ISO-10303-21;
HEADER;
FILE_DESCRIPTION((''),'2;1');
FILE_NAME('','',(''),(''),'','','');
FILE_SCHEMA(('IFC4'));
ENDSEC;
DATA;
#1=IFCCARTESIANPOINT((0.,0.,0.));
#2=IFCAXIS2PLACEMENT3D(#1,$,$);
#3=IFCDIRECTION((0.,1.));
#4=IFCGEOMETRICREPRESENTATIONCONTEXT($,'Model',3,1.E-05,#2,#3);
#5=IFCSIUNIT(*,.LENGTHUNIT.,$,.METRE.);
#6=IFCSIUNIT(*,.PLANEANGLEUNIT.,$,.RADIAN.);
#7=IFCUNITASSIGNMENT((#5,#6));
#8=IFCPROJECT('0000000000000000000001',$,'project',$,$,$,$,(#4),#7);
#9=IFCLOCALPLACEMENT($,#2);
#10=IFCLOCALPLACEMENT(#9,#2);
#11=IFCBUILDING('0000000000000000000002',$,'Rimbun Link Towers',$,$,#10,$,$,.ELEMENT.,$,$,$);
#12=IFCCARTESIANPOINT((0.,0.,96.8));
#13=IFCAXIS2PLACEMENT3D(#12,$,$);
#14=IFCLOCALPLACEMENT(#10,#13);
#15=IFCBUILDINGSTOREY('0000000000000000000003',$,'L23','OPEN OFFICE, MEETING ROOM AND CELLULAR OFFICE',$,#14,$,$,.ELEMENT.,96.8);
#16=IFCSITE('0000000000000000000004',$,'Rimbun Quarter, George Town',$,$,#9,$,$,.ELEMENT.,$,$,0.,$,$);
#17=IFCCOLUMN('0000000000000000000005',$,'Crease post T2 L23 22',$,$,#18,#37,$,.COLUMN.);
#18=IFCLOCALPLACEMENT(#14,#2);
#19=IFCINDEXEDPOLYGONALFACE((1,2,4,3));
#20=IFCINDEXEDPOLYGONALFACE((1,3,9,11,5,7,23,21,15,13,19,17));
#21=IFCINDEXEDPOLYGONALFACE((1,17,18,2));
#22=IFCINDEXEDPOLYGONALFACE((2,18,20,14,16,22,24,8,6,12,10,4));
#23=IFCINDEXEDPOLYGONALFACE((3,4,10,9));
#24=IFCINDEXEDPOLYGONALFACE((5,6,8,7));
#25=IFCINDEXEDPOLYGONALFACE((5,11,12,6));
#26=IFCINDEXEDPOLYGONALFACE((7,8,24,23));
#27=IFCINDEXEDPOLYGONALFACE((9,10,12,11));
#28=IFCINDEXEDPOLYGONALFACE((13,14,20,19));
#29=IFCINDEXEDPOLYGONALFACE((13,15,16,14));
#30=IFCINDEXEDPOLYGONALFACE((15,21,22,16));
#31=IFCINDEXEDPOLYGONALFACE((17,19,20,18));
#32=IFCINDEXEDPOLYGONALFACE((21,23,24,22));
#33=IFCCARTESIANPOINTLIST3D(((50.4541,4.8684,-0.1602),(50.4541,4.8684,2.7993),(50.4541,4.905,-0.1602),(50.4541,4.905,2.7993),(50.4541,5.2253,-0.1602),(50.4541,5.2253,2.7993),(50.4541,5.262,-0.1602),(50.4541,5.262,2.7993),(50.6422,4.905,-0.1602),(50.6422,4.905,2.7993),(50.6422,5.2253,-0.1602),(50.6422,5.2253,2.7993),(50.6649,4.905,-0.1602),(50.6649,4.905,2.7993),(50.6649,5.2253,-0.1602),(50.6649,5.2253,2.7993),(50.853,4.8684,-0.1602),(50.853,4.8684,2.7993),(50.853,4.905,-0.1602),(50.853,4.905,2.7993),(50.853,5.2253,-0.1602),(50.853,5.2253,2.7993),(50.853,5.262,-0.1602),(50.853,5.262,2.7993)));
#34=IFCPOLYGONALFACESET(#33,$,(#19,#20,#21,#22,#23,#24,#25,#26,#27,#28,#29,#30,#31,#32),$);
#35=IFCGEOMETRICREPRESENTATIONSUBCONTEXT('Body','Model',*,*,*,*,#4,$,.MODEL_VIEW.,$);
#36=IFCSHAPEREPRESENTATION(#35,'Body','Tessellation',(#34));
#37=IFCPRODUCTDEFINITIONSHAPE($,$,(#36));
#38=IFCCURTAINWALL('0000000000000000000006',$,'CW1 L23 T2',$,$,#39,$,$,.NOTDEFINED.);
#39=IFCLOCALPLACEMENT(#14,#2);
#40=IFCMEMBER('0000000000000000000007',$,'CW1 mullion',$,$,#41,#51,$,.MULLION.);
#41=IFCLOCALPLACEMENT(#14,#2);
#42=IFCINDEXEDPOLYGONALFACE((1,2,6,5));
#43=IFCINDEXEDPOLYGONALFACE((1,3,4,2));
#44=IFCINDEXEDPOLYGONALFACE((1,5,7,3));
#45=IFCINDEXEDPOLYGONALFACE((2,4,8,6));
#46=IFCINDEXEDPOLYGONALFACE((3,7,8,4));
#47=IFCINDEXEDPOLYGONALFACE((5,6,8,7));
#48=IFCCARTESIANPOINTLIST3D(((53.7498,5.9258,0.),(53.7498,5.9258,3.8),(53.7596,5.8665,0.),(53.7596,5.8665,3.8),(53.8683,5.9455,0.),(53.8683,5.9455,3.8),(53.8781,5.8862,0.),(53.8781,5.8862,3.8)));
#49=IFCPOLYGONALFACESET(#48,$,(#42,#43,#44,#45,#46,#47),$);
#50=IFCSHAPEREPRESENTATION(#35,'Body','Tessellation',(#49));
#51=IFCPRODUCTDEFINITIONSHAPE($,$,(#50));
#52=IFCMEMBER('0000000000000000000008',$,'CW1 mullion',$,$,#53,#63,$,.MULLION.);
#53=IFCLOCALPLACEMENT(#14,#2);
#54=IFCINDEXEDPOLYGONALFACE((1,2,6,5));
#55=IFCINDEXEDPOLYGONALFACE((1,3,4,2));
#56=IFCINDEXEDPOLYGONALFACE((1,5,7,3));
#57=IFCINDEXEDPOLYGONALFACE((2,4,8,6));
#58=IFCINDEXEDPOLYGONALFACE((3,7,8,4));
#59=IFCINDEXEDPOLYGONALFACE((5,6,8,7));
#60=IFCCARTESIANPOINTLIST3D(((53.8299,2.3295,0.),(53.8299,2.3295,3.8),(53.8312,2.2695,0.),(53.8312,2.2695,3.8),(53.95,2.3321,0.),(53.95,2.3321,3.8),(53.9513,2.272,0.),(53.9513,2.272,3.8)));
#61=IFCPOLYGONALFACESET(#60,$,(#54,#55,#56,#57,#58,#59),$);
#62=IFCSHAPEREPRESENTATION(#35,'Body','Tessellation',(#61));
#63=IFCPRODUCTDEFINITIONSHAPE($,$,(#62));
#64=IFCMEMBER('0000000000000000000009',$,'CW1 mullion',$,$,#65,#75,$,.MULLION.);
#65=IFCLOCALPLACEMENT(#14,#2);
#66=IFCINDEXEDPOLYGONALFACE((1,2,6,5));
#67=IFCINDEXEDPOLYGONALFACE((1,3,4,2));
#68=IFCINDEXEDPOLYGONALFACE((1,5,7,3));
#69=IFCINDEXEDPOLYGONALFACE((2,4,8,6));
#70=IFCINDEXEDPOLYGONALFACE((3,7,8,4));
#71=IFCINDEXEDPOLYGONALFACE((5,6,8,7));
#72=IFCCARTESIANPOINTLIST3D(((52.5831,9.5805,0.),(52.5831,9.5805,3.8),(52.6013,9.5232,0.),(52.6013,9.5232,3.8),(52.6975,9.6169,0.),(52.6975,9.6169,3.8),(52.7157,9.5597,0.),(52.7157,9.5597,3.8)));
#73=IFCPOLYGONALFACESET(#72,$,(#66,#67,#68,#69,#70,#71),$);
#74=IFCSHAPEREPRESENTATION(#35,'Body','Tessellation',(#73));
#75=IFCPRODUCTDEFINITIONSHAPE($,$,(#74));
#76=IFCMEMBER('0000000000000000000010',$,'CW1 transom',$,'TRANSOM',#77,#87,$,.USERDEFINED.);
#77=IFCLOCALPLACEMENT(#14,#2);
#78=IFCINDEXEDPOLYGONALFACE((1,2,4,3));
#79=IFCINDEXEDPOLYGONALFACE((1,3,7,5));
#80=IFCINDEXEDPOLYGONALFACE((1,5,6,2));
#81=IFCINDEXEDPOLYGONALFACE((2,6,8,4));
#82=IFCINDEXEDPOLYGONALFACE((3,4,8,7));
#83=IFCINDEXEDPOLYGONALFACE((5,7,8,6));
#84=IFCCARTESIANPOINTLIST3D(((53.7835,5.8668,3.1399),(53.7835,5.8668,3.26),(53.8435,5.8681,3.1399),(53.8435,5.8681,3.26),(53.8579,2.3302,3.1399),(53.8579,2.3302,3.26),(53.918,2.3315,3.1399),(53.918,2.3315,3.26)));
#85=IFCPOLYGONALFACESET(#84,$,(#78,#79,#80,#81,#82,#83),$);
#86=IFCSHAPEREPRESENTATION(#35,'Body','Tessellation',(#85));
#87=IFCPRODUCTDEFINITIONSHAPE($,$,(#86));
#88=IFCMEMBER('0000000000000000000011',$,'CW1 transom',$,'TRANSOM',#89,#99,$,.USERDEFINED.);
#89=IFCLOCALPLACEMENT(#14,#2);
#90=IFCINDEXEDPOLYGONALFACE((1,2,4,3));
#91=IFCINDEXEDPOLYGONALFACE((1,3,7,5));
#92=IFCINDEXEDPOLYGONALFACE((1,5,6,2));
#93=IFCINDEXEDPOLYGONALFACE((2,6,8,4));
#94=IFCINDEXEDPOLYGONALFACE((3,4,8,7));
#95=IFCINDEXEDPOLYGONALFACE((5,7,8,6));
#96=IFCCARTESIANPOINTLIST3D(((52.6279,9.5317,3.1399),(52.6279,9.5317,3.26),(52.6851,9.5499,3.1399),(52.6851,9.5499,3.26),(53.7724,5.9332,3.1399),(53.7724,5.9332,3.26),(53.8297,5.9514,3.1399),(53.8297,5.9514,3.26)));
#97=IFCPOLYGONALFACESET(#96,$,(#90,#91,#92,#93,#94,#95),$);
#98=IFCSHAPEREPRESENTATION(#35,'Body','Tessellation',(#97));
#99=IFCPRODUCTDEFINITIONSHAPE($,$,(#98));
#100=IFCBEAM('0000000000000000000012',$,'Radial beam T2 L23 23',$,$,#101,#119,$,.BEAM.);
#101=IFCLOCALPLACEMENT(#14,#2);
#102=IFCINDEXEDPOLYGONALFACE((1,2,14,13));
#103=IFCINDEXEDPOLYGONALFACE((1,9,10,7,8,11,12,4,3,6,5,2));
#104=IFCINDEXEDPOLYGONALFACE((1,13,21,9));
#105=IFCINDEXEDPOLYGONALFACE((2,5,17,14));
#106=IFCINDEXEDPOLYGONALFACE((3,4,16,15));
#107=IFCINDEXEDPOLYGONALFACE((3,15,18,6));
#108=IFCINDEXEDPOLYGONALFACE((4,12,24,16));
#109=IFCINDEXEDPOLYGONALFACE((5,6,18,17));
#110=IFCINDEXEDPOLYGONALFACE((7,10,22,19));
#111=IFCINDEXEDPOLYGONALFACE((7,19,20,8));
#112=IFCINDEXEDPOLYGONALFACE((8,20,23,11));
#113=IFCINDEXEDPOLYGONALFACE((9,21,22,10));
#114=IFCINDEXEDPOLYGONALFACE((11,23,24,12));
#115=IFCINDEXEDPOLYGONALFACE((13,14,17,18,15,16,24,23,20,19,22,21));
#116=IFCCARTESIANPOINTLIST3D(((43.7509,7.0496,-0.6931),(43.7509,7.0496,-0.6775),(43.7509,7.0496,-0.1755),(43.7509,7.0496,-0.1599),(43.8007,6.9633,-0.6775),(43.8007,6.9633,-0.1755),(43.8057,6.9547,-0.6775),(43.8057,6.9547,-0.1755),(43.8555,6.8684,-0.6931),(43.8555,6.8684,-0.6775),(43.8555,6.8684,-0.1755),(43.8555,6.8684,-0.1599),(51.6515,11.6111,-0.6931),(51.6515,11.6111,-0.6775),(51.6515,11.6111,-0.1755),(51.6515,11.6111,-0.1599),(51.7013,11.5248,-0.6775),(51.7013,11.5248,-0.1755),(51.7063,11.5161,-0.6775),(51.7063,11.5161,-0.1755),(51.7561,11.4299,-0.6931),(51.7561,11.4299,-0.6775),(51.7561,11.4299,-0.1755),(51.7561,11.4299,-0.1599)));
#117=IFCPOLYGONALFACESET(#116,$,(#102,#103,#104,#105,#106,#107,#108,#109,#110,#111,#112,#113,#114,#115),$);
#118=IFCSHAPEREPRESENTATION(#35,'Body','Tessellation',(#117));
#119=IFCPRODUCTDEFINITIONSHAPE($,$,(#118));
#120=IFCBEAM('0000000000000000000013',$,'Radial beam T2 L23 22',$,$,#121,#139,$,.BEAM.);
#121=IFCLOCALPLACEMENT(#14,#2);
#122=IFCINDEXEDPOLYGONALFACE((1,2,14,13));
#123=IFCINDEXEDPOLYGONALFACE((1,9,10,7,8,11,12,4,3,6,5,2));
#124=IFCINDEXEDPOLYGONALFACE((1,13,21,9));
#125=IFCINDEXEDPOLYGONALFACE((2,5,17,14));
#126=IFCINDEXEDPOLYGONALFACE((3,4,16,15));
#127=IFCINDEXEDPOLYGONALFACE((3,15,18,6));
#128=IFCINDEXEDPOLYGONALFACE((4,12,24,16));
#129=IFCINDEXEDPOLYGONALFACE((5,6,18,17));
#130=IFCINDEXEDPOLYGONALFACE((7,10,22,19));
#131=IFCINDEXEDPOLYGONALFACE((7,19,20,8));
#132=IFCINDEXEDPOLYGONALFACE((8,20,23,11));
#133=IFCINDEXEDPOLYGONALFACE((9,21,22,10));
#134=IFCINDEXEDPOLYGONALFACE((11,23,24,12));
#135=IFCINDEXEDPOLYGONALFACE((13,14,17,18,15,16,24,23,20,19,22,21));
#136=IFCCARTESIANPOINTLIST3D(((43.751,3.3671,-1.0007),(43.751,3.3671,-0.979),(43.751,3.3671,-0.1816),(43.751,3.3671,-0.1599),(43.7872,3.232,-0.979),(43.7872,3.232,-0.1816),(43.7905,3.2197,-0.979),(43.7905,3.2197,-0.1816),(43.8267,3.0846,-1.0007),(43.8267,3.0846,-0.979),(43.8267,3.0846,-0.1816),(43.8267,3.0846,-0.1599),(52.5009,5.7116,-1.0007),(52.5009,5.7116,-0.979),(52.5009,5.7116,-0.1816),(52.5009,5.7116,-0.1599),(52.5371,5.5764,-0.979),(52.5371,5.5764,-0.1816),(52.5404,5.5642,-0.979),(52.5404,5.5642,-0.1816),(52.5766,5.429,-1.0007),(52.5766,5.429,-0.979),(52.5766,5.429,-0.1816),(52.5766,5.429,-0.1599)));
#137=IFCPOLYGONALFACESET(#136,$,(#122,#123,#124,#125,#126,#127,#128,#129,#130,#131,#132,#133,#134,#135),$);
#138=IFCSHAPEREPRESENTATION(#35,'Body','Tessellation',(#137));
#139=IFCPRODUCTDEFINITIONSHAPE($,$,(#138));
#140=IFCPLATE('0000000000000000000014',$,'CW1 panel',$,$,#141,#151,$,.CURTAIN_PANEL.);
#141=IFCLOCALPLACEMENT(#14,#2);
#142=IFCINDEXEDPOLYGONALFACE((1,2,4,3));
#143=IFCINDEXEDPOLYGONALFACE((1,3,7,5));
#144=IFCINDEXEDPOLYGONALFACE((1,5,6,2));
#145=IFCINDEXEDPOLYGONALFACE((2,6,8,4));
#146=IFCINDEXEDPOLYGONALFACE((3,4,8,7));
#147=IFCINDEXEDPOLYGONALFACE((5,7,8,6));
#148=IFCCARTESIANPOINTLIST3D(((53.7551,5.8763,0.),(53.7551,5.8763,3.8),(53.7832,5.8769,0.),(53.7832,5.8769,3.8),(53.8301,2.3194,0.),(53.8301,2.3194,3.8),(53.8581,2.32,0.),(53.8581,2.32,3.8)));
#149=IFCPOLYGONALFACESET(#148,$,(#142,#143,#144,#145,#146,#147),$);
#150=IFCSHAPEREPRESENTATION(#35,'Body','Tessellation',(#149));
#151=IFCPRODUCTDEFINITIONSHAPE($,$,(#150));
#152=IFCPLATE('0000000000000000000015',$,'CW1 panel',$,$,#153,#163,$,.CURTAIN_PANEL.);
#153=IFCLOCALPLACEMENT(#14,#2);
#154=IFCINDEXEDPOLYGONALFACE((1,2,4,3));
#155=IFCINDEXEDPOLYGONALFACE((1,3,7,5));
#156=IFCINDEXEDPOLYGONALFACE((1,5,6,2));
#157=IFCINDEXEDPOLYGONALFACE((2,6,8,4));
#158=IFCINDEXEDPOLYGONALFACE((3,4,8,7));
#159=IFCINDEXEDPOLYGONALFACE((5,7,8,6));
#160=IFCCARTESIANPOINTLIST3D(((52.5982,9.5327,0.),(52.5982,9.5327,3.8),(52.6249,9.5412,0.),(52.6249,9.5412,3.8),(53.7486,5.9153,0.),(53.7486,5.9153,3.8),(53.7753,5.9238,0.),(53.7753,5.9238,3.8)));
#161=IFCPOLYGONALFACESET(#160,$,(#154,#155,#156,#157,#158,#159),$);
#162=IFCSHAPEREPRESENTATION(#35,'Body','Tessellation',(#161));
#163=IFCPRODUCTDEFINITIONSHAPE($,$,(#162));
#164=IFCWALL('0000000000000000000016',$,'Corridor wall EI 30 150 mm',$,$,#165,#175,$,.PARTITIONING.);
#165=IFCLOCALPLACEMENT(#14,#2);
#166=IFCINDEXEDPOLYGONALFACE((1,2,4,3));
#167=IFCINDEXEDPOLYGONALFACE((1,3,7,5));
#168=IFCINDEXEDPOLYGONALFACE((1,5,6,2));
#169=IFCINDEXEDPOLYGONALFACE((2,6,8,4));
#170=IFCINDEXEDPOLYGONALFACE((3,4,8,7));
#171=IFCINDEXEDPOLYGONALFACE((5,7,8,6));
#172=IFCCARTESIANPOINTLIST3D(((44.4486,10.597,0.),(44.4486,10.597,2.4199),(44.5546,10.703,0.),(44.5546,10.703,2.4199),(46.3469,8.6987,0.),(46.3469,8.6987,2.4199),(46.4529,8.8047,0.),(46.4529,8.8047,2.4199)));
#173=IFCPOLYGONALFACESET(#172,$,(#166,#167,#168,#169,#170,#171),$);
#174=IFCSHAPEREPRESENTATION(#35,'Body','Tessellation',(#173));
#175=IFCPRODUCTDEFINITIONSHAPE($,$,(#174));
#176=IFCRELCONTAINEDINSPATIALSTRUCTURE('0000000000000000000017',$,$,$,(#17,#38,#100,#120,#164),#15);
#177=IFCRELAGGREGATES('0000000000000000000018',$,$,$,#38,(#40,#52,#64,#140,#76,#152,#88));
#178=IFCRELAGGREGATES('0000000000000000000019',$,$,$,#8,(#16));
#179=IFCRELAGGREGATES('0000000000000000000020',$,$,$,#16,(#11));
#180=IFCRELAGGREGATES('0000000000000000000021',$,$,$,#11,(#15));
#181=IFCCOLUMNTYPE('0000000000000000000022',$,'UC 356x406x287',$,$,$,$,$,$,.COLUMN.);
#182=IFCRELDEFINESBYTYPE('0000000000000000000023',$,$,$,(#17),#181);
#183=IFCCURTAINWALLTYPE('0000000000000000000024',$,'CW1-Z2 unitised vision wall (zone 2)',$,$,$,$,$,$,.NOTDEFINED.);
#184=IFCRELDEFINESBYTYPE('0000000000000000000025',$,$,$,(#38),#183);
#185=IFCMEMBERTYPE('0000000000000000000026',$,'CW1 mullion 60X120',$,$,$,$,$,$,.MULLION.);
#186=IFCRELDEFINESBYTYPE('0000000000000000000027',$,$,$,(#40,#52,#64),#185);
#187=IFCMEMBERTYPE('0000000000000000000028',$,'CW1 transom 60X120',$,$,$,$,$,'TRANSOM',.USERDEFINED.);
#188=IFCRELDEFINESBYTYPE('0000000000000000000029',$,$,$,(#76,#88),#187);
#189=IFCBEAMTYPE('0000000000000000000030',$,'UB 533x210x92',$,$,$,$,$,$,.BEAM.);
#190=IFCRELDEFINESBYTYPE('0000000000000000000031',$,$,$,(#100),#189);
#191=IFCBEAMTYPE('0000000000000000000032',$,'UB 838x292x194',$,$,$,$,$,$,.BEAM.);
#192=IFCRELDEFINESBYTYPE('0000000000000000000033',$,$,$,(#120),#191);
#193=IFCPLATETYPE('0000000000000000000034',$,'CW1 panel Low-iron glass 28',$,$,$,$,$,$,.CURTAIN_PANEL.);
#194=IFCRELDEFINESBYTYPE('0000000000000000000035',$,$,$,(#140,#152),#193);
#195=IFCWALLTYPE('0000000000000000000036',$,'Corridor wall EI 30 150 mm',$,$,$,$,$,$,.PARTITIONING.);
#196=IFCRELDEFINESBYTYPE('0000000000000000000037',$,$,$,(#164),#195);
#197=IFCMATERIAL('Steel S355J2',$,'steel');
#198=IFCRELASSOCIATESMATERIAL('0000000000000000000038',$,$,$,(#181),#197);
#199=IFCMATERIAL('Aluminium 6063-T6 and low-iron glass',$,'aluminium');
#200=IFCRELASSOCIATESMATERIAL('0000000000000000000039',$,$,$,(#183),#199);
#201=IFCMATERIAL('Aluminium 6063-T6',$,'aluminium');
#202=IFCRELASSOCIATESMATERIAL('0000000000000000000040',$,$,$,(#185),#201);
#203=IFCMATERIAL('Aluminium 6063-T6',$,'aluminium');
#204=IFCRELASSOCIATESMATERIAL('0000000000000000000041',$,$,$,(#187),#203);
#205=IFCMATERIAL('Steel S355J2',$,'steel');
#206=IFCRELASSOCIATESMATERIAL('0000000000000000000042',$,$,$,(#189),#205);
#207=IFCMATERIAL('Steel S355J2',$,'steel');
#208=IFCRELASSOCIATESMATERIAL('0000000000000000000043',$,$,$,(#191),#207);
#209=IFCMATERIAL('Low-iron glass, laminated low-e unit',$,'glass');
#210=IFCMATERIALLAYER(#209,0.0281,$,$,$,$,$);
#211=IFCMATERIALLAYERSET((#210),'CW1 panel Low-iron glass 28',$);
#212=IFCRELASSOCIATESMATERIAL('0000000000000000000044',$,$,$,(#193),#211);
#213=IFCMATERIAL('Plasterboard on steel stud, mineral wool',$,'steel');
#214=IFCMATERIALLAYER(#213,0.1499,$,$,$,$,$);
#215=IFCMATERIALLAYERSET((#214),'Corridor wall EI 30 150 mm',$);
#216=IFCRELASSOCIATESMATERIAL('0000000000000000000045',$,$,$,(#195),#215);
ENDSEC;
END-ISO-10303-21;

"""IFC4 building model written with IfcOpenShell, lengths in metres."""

from ifc_helpers import new_model, si_unit, direction, frame, frame_2d, origin, origin_2d, place, context, subcontext, project, spatial, rectangle, i_section, extrude, material, layer, layer_set, material_profile, profile_set, type_object, element, aggregate, save


model = new_model("IFC4")

# Units and contexts
model_context = context("Model", 3, precision=1e-05, world=origin(), true_north=direction((0.0, 1.0)))
body_context = subcontext(model_context, "Body", "Model", "MODEL_VIEW")
ifc_project = project(units=[si_unit("LENGTHUNIT", "METRE"), si_unit("PLANEANGLEUNIT", "RADIAN")], contexts=[model_context])

# Site, building, storey
site_placement = place(None, origin())
site = spatial("IfcSite", under=ifc_project, at=site_placement, Name="Rimbun Quarter, George Town", CompositionType="ELEMENT", RefElevation=0.0)
building_placement = place(site_placement, origin())
building = spatial("IfcBuilding", under=site, at=building_placement, Name="Rimbun Link Towers", CompositionType="ELEMENT")
storey_placement = place(building_placement, frame((0.0, 0.0, 96.8)))
storey = spatial("IfcBuildingStorey", under=building, at=storey_placement, Name="L23", Description="OPEN OFFICE, MEETING ROOM AND CELLULAR OFFICE", CompositionType="ELEMENT", Elevation=96.8)

# Column
ifc_material_1 = material(Name="Steel S355J2", Category="steel")
ifc_material_profile_1 = material_profile(ifc_material_1, i_section(OverallWidth=0.3989, OverallDepth=0.3936, WebThickness=0.0227, FlangeThickness=0.0366, at=origin_2d()), Name="UC 356x406x287")
ifc_profile_set_1 = profile_set([ifc_material_profile_1], Name="Steel S355J2")
column_type = type_object("IfcColumnType", Name="UC 356x406x287", PredefinedType="COLUMN", material=ifc_profile_set_1)
column_placement = place(storey_placement, frame((50.6536, 5.0652, -0.1602), z_axis=(0.0, 0.0, 1.0), x_axis=(1.0, 0.0, 0.0)))
element("IfcColumn", 1, at=column_placement, inside=storey, type_object=column_type, Name="Crease post T2 L23 22", PredefinedType="COLUMN", context=body_context, shape_type="SweptSolid", body=[
    extrude(i_section(OverallWidth=0.3989, OverallDepth=0.3936, WebThickness=0.0227, FlangeThickness=0.0366, at=origin_2d()), origin(), (0.0, 0.0, 1.0), 2.9595),
])

# Curtain wall, members
ifc_material_2 = material(Name="Aluminium 6063-T6 and low-iron glass", Category="aluminium")
curtain_wall_type = type_object("IfcCurtainWallType", Name="CW1-Z2 unitised vision wall (zone 2)", PredefinedType="NOTDEFINED", material=ifc_material_2)
curtain_wall_placement = place(storey_placement, origin())
curtain_wall = element("IfcCurtainWall", 2, at=curtain_wall_placement, inside=storey, type_object=curtain_wall_type, Name="CW1 L23 T2", PredefinedType="NOTDEFINED")
ifc_material_3 = material(Name="Aluminium 6063-T6", Category="aluminium")
ifc_material_profile_2 = material_profile(ifc_material_3, rectangle(XDim=0.1201, YDim=0.0601, at=origin_2d()), Name="MULLION 60X120")
ifc_profile_set_2 = profile_set([ifc_material_profile_2], Name="Aluminium 6063-T6")
member_type_1 = type_object("IfcMemberType", Name="CW1 mullion 60X120", PredefinedType="MULLION", material=ifc_profile_set_2)
member_1_placement = place(storey_placement, frame((53.814, 5.906, 0.0), z_axis=(0.0, 0.0, 1.0), x_axis=(0.986503, 0.163744, 0.0)))
member_1 = element("IfcMember", 3, at=member_1_placement, type_object=member_type_1, Name="CW1 mullion", PredefinedType="MULLION", context=body_context, shape_type="SweptSolid", body=[
    extrude(rectangle(XDim=0.1201, YDim=0.0601, at=origin_2d()), origin(), (0.0, 0.0, 1.0), 3.8),
])
member_2_placement = place(storey_placement, frame((53.8906, 2.3008, 0.0), z_axis=(0.0, 0.0, 1.0), x_axis=(0.999778, 0.02106, 0.0)))
member_2 = element("IfcMember", 4, at=member_2_placement, type_object=member_type_1, Name="CW1 mullion", PredefinedType="MULLION", context=body_context, shape_type="SweptSolid", body=[
    extrude(rectangle(XDim=0.1201, YDim=0.0601, at=origin_2d()), origin(), (0.0, 0.0, 1.0), 3.8),
])
member_3_placement = place(storey_placement, frame((52.6494, 9.5701, 0.0), z_axis=(0.0, 0.0, 1.0), x_axis=(0.95297, 0.303066, 0.0)))
member_3 = element("IfcMember", 5, at=member_3_placement, type_object=member_type_1, Name="CW1 mullion", PredefinedType="MULLION", context=body_context, shape_type="SweptSolid", body=[
    extrude(rectangle(XDim=0.1201, YDim=0.0601, at=origin_2d()), origin(), (0.0, 0.0, 1.0), 3.8),
])
ifc_material_4 = material(Name="Aluminium 6063-T6", Category="aluminium")
ifc_material_profile_3 = material_profile(ifc_material_4, rectangle(XDim=0.0601, YDim=0.1201, at=origin_2d()), Name="TRANSOM 60X120")
ifc_profile_set_3 = profile_set([ifc_material_profile_3], Name="Aluminium 6063-T6")
member_type_2 = type_object("IfcMemberType", Name="CW1 transom 60X120", ElementType="TRANSOM", PredefinedType="USERDEFINED", material=ifc_profile_set_3)
member_4_placement = place(storey_placement, frame((53.8135, 5.8674, 3.2), z_axis=(0.02105, -0.999778, 0.0), x_axis=(0.999778, 0.02105, 0.0)))
member_4 = element("IfcMember", 6, at=member_4_placement, type_object=member_type_2, Name="CW1 transom", ObjectType="TRANSOM", PredefinedType="USERDEFINED", context=body_context, shape_type="SweptSolid", body=[
    extrude(rectangle(XDim=0.0601, YDim=0.1201, at=origin_2d()), origin(), (0.0, 0.0, 1.0), 3.5374),
])
member_5_placement = place(storey_placement, frame((52.6565, 9.5408, 3.2), z_axis=(0.303105, -0.952957, 0.0), x_axis=(0.952957, 0.303105, 0.0)))
member_5 = element("IfcMember", 7, at=member_5_placement, type_object=member_type_2, Name="CW1 transom", ObjectType="TRANSOM", PredefinedType="USERDEFINED", context=body_context, shape_type="SweptSolid", body=[
    extrude(rectangle(XDim=0.0601, YDim=0.1201, at=origin_2d()), origin(), (0.0, 0.0, 1.0), 3.7761),
])

# Beams
ifc_material_5 = material(Name="Steel S355J2", Category="steel")
ifc_material_profile_4 = material_profile(ifc_material_5, i_section(OverallWidth=0.2092, OverallDepth=0.5332, WebThickness=0.01, FlangeThickness=0.0156, at=origin_2d()), Name="UB 533x210x92")
ifc_profile_set_4 = profile_set([ifc_material_profile_4], Name="Steel S355J2")
beam_type_1 = type_object("IfcBeamType", Name="UB 533x210x92", PredefinedType="BEAM", material=ifc_profile_set_4)
beam_1_placement = place(storey_placement, frame((43.8032, 6.959, -0.4265), z_axis=(0.866021, 0.500007, 0.0), x_axis=(-0.500007, 0.866021, 0.0)))
element("IfcBeam", 8, at=beam_1_placement, inside=storey, type_object=beam_type_1, Name="Radial beam T2 L23 23", PredefinedType="BEAM", context=body_context, shape_type="SweptSolid", body=[
    extrude(i_section(OverallWidth=0.2092, OverallDepth=0.5332, WebThickness=0.01, FlangeThickness=0.0156, at=origin_2d()), origin(), (0.0, 0.0, 1.0), 9.1228),
])
ifc_material_6 = material(Name="Steel S355J2", Category="steel")
ifc_material_profile_5 = material_profile(ifc_material_6, i_section(OverallWidth=0.2925, OverallDepth=0.8408, WebThickness=0.0127, FlangeThickness=0.0217, at=origin_2d()), Name="UB 838x292x194")
ifc_profile_set_5 = profile_set([ifc_material_profile_5], Name="Steel S355J2")
beam_type_2 = type_object("IfcBeamType", Name="UB 838x292x194", PredefinedType="BEAM", material=ifc_profile_set_5)
beam_2_placement = place(storey_placement, frame((43.7888, 3.2258, -0.5803), z_axis=(0.965928, 0.258812, 0.0), x_axis=(-0.258812, 0.965928, 0.0)))
element("IfcBeam", 9, at=beam_2_placement, inside=storey, type_object=beam_type_2, Name="Radial beam T2 L23 22", PredefinedType="BEAM", context=body_context, shape_type="SweptSolid", body=[
    extrude(i_section(OverallWidth=0.2925, OverallDepth=0.8408, WebThickness=0.0127, FlangeThickness=0.0217, at=origin_2d()), origin(), (0.0, 0.0, 1.0), 9.0586),
])

# Plates
ifc_material_7 = material(Name="Low-iron glass, laminated low-e unit", Category="glass")
ifc_layer_1 = layer(ifc_material_7, 0.0281)
ifc_layer_set_1 = layer_set([ifc_layer_1], Name="CW1 panel Low-iron glass 28")
plate_type = type_object("IfcPlateType", Name="CW1 panel Low-iron glass 28", PredefinedType="CURTAIN_PANEL", material=ifc_layer_set_1)
plate_1_placement = place(storey_placement, frame((53.8066, 4.0981, 0.0), z_axis=(0.0, 0.0, 1.0), x_axis=(0.02106, -0.999778, 0.0)))
plate_1 = element("IfcPlate", 10, at=plate_1_placement, type_object=plate_type, Name="CW1 panel", PredefinedType="CURTAIN_PANEL", context=body_context, shape_type="SweptSolid", body=[
    extrude(rectangle(XDim=3.5576, YDim=0.0281, at=origin_2d()), origin(), (0.0, 0.0, 1.0), 3.8),
])
plate_2_placement = place(storey_placement, frame((53.1868, 7.7283, 0.0), z_axis=(0.0, 0.0, 1.0), x_axis=(0.303066, -0.95297, 0.0)))
plate_2 = element("IfcPlate", 11, at=plate_2_placement, type_object=plate_type, Name="CW1 panel", PredefinedType="CURTAIN_PANEL", context=body_context, shape_type="SweptSolid", body=[
    extrude(rectangle(XDim=3.7959, YDim=0.0281, at=origin_2d()), origin(), (0.0, 0.0, 1.0), 3.8),
])
aggregate(curtain_wall, [member_1, member_2, member_3, plate_1, member_4, plate_2, member_5])

# Wall
ifc_material_8 = material(Name="Plasterboard on steel stud, mineral wool", Category="steel")
ifc_layer_2 = layer(ifc_material_8, 0.1499)
ifc_layer_set_2 = layer_set([ifc_layer_2], Name="Corridor wall EI 30 150 mm")
wall_type_1 = type_object("IfcWallType", Name="Corridor wall EI 30 150 mm", PredefinedType="PARTITIONING", material=ifc_layer_set_2)
wall_1_placement = place(storey_placement, frame((46.3999, 8.7517, 0.0), z_axis=(0.0, 0.0, 1.0), x_axis=(-0.707107, 0.707107, 0.0)))
element("IfcWall", 12, at=wall_1_placement, inside=storey, type_object=wall_type_1, Name="Corridor wall EI 30 150 mm", PredefinedType="PARTITIONING", context=body_context, shape_type="SweptSolid", body=[
    extrude(rectangle(XDim=2.6846, YDim=0.1499, at=frame_2d((1.3423, 0.0))), origin(), (0.0, 0.0, 1.0), 2.4199),
])

save(model, "model.ifc")
